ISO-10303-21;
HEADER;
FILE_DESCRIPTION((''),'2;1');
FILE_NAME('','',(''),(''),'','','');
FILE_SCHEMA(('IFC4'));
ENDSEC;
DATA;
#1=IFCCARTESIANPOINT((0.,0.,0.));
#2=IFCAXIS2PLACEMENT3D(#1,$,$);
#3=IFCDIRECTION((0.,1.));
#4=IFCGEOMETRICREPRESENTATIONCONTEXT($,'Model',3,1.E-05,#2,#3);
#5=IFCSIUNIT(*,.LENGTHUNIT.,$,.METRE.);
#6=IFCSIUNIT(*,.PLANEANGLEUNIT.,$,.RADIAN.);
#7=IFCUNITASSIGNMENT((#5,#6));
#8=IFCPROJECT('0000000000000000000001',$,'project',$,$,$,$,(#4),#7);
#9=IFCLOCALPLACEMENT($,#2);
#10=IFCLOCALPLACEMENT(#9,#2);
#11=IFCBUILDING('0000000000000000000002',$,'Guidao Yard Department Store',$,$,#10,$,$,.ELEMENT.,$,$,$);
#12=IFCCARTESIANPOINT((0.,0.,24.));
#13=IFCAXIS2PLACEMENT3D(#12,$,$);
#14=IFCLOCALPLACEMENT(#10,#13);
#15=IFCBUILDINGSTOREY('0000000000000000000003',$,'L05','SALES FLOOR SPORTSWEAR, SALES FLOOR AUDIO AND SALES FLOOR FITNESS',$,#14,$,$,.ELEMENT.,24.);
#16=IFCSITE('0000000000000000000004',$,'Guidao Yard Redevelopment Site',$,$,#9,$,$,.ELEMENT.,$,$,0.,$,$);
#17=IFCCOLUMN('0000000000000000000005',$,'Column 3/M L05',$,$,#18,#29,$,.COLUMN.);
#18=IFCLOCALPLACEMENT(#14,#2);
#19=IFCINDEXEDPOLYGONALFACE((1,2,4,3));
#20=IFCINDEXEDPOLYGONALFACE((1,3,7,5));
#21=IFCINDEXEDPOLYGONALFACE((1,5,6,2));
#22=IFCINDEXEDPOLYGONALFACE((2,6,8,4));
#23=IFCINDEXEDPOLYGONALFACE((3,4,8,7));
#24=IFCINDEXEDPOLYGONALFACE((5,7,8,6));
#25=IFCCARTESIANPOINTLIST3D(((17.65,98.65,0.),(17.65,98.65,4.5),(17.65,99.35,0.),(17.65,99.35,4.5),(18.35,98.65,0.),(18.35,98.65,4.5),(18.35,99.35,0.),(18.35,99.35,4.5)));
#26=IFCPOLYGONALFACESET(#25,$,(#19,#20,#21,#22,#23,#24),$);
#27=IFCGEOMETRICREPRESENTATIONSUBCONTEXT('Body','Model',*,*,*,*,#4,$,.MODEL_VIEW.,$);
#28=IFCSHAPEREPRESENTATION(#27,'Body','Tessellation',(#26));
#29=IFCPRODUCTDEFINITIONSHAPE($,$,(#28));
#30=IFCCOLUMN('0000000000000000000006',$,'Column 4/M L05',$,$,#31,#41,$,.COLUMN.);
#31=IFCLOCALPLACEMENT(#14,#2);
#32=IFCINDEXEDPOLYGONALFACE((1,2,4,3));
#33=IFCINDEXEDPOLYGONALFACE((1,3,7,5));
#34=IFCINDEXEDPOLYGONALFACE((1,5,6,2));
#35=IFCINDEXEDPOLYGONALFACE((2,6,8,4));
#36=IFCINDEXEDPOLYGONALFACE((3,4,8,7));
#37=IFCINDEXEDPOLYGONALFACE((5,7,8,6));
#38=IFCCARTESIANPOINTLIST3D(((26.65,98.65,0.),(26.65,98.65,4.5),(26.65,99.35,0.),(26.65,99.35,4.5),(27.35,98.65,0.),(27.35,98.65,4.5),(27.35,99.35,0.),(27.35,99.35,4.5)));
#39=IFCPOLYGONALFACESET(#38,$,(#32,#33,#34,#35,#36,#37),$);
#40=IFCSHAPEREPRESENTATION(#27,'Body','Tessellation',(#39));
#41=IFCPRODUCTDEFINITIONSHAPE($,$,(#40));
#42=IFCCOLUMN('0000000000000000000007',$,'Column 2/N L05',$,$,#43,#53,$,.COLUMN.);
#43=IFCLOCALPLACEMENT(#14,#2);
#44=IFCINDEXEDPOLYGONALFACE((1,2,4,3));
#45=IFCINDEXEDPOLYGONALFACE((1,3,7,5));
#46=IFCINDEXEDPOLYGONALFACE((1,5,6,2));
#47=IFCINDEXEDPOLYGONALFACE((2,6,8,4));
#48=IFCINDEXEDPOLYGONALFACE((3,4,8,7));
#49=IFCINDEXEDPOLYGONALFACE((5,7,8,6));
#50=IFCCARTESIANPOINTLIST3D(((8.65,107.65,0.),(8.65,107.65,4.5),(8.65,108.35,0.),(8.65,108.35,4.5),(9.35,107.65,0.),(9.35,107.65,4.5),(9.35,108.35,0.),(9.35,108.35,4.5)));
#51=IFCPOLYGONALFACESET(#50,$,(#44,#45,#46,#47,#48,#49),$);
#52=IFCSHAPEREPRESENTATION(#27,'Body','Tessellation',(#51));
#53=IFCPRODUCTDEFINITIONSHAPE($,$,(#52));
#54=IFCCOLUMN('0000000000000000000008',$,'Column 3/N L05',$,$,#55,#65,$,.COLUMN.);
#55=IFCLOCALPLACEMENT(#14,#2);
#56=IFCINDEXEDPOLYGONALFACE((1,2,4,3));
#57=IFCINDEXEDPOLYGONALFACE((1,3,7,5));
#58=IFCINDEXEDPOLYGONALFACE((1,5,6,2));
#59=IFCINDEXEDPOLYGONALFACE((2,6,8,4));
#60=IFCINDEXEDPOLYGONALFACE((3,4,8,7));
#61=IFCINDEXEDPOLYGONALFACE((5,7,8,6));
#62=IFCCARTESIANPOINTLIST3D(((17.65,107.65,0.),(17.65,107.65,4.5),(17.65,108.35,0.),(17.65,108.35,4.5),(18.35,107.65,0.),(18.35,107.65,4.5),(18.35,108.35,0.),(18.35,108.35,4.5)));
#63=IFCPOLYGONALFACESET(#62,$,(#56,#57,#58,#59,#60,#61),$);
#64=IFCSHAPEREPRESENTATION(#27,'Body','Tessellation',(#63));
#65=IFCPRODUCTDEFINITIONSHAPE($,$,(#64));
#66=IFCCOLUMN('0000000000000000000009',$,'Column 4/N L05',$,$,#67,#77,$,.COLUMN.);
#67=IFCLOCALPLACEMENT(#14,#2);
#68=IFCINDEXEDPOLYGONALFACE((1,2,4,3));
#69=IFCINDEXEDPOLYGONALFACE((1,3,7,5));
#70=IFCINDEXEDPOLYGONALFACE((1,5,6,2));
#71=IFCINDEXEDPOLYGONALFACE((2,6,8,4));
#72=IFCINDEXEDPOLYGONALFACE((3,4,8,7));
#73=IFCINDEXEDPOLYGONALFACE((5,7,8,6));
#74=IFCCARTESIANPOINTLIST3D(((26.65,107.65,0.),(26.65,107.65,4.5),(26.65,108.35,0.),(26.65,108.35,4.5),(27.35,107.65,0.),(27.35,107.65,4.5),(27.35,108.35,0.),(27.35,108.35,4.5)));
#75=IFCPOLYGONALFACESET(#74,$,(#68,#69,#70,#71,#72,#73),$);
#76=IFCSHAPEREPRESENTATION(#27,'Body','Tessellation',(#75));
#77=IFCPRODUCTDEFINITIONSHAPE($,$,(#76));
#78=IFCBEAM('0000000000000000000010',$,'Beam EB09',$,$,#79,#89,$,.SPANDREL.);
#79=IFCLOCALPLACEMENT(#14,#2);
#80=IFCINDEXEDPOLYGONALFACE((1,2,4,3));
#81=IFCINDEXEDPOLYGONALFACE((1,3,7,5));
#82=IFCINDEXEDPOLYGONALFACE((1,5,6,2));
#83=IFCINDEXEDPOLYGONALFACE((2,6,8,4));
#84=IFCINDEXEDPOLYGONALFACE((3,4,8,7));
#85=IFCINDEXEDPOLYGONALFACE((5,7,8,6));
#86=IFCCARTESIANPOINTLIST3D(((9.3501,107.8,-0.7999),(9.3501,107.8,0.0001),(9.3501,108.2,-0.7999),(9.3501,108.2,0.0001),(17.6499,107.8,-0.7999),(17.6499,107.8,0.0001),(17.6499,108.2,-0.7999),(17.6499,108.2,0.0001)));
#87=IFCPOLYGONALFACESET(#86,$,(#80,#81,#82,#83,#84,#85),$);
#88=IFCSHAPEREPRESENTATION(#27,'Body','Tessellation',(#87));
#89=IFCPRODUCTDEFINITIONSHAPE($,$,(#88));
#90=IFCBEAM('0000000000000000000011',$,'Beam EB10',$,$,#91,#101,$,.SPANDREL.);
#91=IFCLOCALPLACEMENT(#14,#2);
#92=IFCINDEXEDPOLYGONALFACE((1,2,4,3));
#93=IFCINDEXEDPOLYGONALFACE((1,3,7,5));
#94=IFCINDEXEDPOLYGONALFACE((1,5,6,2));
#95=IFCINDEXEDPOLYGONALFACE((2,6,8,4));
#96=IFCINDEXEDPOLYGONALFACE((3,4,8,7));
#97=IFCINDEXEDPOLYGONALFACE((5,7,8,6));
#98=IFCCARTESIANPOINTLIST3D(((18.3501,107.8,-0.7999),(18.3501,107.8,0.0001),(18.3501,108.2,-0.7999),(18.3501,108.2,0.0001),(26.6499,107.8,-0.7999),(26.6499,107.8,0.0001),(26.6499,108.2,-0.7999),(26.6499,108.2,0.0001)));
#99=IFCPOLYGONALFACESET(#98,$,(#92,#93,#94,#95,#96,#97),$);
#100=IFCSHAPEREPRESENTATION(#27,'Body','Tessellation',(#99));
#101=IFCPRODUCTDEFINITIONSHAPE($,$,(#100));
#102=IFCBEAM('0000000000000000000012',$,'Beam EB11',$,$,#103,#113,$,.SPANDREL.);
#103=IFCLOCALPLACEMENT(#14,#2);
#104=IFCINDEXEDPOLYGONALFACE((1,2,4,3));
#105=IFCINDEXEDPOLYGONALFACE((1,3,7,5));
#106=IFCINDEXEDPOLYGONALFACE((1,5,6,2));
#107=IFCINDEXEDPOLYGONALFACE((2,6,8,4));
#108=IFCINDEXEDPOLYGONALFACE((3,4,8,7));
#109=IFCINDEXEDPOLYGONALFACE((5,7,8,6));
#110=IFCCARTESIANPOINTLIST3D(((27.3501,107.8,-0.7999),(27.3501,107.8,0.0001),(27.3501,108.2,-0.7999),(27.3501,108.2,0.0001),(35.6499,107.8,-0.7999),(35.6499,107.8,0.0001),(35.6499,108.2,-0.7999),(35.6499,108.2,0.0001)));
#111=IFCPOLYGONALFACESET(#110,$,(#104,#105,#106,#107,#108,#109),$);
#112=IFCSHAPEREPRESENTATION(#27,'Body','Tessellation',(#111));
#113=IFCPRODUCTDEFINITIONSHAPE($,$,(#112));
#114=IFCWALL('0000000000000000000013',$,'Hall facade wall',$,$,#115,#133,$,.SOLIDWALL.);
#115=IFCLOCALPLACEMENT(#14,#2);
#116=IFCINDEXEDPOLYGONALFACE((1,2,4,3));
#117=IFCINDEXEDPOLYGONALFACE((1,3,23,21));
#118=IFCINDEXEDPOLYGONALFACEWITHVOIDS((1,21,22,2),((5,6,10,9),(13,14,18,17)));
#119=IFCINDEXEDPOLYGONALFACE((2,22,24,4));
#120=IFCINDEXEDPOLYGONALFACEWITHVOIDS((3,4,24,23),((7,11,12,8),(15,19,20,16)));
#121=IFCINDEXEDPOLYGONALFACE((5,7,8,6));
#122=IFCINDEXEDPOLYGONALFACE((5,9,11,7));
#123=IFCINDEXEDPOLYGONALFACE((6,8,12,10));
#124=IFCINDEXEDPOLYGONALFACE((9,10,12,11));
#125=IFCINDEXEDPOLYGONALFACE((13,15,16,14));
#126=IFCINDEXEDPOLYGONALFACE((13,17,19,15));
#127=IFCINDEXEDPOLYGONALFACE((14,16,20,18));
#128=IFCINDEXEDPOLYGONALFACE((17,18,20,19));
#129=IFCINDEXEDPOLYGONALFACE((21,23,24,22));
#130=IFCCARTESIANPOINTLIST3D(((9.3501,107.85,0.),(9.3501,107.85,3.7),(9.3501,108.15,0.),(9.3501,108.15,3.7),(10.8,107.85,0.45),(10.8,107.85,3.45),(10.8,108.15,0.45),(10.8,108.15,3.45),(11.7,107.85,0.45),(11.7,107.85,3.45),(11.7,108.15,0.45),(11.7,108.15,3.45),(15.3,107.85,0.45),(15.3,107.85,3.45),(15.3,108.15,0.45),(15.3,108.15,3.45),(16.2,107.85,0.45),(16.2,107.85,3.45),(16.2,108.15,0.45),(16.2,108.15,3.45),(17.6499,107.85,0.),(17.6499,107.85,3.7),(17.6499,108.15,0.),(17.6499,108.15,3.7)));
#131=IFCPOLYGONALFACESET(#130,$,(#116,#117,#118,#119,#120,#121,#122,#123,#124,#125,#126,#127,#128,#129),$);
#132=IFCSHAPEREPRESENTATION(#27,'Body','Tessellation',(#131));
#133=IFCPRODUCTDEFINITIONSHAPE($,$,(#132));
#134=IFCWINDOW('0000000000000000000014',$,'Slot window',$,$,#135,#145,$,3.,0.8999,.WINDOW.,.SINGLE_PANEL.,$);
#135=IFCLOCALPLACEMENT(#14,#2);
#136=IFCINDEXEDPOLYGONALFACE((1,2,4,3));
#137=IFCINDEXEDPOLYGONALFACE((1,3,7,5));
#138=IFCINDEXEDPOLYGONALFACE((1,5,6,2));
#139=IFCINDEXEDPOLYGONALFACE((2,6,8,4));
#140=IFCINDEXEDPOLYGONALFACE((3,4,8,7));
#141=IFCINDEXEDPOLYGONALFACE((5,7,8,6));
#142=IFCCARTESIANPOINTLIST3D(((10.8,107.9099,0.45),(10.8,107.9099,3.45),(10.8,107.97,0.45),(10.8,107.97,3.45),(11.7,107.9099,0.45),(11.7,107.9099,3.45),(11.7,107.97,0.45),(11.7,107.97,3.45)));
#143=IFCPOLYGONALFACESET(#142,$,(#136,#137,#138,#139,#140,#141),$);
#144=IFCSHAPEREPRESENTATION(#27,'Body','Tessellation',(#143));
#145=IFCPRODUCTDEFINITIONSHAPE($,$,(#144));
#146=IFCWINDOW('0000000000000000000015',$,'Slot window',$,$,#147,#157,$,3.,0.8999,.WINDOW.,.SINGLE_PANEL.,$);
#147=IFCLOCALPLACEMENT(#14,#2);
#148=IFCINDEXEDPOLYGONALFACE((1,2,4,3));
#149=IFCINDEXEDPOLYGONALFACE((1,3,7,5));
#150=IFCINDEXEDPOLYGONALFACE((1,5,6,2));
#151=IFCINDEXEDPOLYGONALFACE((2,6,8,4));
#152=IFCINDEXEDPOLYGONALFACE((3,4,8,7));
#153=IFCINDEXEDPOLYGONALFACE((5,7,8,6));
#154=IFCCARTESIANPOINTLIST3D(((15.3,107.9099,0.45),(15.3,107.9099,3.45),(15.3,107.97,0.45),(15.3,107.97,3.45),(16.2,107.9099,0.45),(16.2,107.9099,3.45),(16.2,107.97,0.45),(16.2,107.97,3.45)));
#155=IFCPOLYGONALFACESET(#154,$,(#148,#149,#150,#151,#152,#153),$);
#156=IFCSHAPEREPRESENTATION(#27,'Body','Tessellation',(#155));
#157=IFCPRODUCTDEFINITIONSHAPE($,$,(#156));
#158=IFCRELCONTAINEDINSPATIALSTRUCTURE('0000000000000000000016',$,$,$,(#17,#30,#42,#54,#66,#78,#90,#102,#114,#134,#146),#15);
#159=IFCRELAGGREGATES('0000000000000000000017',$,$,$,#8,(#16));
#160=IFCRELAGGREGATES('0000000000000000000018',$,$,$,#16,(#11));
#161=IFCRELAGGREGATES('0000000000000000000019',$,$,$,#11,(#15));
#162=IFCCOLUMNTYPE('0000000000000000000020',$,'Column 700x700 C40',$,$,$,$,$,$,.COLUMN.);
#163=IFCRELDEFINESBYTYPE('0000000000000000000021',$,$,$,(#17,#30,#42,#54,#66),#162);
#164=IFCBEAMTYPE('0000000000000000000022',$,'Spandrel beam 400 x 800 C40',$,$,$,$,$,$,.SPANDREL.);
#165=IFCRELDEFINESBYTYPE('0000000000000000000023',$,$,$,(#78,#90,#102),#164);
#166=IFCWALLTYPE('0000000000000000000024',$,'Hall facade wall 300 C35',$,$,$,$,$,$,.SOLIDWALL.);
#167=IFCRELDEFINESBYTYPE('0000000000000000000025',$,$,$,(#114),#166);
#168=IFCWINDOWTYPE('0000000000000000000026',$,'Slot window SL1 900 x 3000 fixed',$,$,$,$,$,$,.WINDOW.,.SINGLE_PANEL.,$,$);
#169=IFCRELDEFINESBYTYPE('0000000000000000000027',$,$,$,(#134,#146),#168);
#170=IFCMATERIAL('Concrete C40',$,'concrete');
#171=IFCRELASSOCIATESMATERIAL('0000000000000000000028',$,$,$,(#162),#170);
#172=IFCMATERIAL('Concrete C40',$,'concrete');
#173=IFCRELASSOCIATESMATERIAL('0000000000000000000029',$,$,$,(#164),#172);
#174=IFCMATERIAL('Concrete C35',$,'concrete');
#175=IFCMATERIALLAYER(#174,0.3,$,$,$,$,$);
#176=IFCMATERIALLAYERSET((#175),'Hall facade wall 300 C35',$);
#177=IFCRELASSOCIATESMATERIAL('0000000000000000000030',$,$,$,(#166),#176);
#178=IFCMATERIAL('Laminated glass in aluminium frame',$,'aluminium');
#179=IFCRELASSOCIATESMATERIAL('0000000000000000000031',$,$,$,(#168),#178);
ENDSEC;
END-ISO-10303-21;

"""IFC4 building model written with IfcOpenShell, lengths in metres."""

from ifc_helpers import new_model, si_unit, direction, frame, frame_2d, origin, origin_2d, place, context, subcontext, project, spatial, rectangle, extrude, material, layer, layer_set, material_profile, profile_set, type_object, element, fill, save


model = new_model("IFC4")

# Units and contexts
model_context = context("Model", 3, precision=1e-05, world=origin(), true_north=direction((0.0, 1.0)))
body_context = subcontext(model_context, "Body", "Model", "MODEL_VIEW")
ifc_project = project(units=[si_unit("LENGTHUNIT", "METRE"), si_unit("PLANEANGLEUNIT", "RADIAN")], contexts=[model_context])

# Site, building, storey
site_placement = place(None, origin())
site = spatial("IfcSite", under=ifc_project, at=site_placement, Name="Guidao Yard Redevelopment Site", CompositionType="ELEMENT", RefElevation=0.0)
building_placement = place(site_placement, origin())
building = spatial("IfcBuilding", under=site, at=building_placement, Name="Guidao Yard Department Store", CompositionType="ELEMENT")
storey_placement = place(building_placement, frame((0.0, 0.0, 24.0)))
storey = spatial("IfcBuildingStorey", under=building, at=storey_placement, Name="L05", Description="SALES FLOOR SPORTSWEAR, SALES FLOOR AUDIO AND SALES FLOOR FITNESS", CompositionType="ELEMENT", Elevation=24.0)

# Columns
ifc_material_1 = material(Name="Concrete C40", Category="concrete")
ifc_material_profile_1 = material_profile(ifc_material_1, rectangle(XDim=0.7, YDim=0.7, at=origin_2d()), Name="COL 700x700")
ifc_profile_set_1 = profile_set([ifc_material_profile_1], Name="Concrete C40")
column_type = type_object("IfcColumnType", Name="Column 700x700 C40", PredefinedType="COLUMN", material=ifc_profile_set_1)
for number, where, z_axis, x_axis, name in (
    (1, (18.0, 99.0, 0.0), (0.0, 0.0, 1.0), (1.0, 0.0, 0.0), "Column 3/M L05"),
    (2, (27.0, 99.0, 0.0), (0.0, 0.0, 1.0), (1.0, 0.0, 0.0), "Column 4/M L05"),
    (3, (9.0, 108.0, 0.0), (0.0, 0.0, 1.0), (1.0, 0.0, 0.0), "Column 2/N L05"),
    (4, (18.0, 108.0, 0.0), (0.0, 0.0, 1.0), (1.0, 0.0, 0.0), "Column 3/N L05"),
    (5, (27.0, 108.0, 0.0), (0.0, 0.0, 1.0), (1.0, 0.0, 0.0), "Column 4/N L05"),
):
    element("IfcColumn", number, at=place(storey_placement, frame(where, z_axis=z_axis, x_axis=x_axis)), inside=storey, type_object=column_type, Name=name, PredefinedType="COLUMN", context=body_context, shape_type="SweptSolid", body=[
        extrude(rectangle(XDim=0.7, YDim=0.7, at=origin_2d()), origin(), (0.0, 0.0, 1.0), 4.5),
    ])

# Beams
ifc_material_2 = material(Name="Concrete C40", Category="concrete")
ifc_material_profile_2 = material_profile(ifc_material_2, rectangle(XDim=0.3999, YDim=0.8, at=origin_2d()), Name="Spandrel beam 400 x 800 C40")
ifc_profile_set_2 = profile_set([ifc_material_profile_2], Name="Concrete C40")
beam_type = type_object("IfcBeamType", Name="Spandrel beam 400 x 800 C40", PredefinedType="SPANDREL", material=ifc_profile_set_2)
for number, where, z_axis, x_axis, name in (
    (6, (9.3501, 108.0, -0.3999), (1.0, 0.0, 0.0), (0.0, 1.0, 0.0), "Beam EB09"),
    (7, (18.3501, 108.0, -0.3999), (1.0, 0.0, 0.0), (0.0, 1.0, 0.0), "Beam EB10"),
    (8, (27.3501, 108.0, -0.3999), (1.0, 0.0, 0.0), (0.0, 1.0, 0.0), "Beam EB11"),
):
    element("IfcBeam", number, at=place(storey_placement, frame(where, z_axis=z_axis, x_axis=x_axis)), inside=storey, type_object=beam_type, Name=name, PredefinedType="SPANDREL", context=body_context, shape_type="SweptSolid", body=[
        extrude(rectangle(XDim=0.3999, YDim=0.8, at=origin_2d()), origin(), (0.0, 0.0, 1.0), 8.2998),
    ])

# Wall, openings, windows
ifc_material_3 = material(Name="Concrete C35", Category="concrete")
ifc_layer_1 = layer(ifc_material_3, 0.3)
ifc_layer_set_1 = layer_set([ifc_layer_1], Name="Hall facade wall 300 C35")
wall_type_1 = type_object("IfcWallType", Name="Hall facade wall 300 C35", PredefinedType="SOLIDWALL", material=ifc_layer_set_1)
wall_1_placement = place(storey_placement, frame((9.3501, 108.0, 0.0), z_axis=(0.0, 0.0, 1.0), x_axis=(1.0, 0.0, 0.0)))
wall_1 = element("IfcWall", 9, at=wall_1_placement, inside=storey, type_object=wall_type_1, Name="Hall facade wall", PredefinedType="SOLIDWALL", context=body_context, shape_type="SweptSolid", body=[
    extrude(rectangle(XDim=8.2998, YDim=0.3, at=frame_2d((4.1499, 0.0))), origin(), (0.0, 0.0, 1.0), 3.7),
])
opening_1_placement = place(wall_1_placement, frame((1.45, 0.0, 0.45)))
opening_1 = element("IfcOpeningElement", 10, at=opening_1_placement, cuts=wall_1, PredefinedType="OPENING", context=body_context, shape_type="SweptSolid", body=[
    extrude(rectangle(XDim=0.8999, YDim=3.0, at=frame_2d((0.45, 1.5))), frame((0.0, 0.1599, 0.0), z_axis=(0.0, -1.0, 0.0), x_axis=(1.0, 0.0, 0.0)), (0.0, 0.0, 1.0), 0.3201),
])
opening_2_placement = place(wall_1_placement, frame((5.95, 0.0, 0.45)))
opening_2 = element("IfcOpeningElement", 11, at=opening_2_placement, cuts=wall_1, PredefinedType="OPENING", context=body_context, shape_type="SweptSolid", body=[
    extrude(rectangle(XDim=0.8999, YDim=3.0, at=frame_2d((0.45, 1.5))), frame((0.0, 0.1599, 0.0), z_axis=(0.0, -1.0, 0.0), x_axis=(1.0, 0.0, 0.0)), (0.0, 0.0, 1.0), 0.3201),
])
ifc_material_4 = material(Name="Laminated glass in aluminium frame", Category="aluminium")
window_type = type_object("IfcWindowType", Name="Slot window SL1 900 x 3000 fixed", PartitioningType="SINGLE_PANEL", PredefinedType="WINDOW", material=ifc_material_4)
window_1_placement = place(opening_1_placement, origin())
window_1 = element("IfcWindow", 12, at=window_1_placement, inside=storey, type_object=window_type, Name="Slot window", OverallHeight=3.0, OverallWidth=0.8999, PartitioningType="SINGLE_PANEL", PredefinedType="WINDOW", context=body_context, shape_type="SweptSolid", body=[
    extrude(rectangle(XDim=0.8999, YDim=3.0, at=frame_2d((0.45, 1.5))), frame((0.0, -0.03, 0.0), z_axis=(0.0, -1.0, 0.0), x_axis=(1.0, 0.0, 0.0)), (0.0, 0.0, 1.0), 0.0601),
])
fill(opening_1, window_1)
window_2_placement = place(opening_2_placement, origin())
window_2 = element("IfcWindow", 13, at=window_2_placement, inside=storey, type_object=window_type, Name="Slot window", OverallHeight=3.0, OverallWidth=0.8999, PartitioningType="SINGLE_PANEL", PredefinedType="WINDOW", context=body_context, shape_type="SweptSolid", body=[
    extrude(rectangle(XDim=0.8999, YDim=3.0, at=frame_2d((0.45, 1.5))), frame((0.0, -0.03, 0.0), z_axis=(0.0, -1.0, 0.0), x_axis=(1.0, 0.0, 0.0)), (0.0, 0.0, 1.0), 0.0601),
])
fill(opening_2, window_2)

save(model, "model.ifc")
